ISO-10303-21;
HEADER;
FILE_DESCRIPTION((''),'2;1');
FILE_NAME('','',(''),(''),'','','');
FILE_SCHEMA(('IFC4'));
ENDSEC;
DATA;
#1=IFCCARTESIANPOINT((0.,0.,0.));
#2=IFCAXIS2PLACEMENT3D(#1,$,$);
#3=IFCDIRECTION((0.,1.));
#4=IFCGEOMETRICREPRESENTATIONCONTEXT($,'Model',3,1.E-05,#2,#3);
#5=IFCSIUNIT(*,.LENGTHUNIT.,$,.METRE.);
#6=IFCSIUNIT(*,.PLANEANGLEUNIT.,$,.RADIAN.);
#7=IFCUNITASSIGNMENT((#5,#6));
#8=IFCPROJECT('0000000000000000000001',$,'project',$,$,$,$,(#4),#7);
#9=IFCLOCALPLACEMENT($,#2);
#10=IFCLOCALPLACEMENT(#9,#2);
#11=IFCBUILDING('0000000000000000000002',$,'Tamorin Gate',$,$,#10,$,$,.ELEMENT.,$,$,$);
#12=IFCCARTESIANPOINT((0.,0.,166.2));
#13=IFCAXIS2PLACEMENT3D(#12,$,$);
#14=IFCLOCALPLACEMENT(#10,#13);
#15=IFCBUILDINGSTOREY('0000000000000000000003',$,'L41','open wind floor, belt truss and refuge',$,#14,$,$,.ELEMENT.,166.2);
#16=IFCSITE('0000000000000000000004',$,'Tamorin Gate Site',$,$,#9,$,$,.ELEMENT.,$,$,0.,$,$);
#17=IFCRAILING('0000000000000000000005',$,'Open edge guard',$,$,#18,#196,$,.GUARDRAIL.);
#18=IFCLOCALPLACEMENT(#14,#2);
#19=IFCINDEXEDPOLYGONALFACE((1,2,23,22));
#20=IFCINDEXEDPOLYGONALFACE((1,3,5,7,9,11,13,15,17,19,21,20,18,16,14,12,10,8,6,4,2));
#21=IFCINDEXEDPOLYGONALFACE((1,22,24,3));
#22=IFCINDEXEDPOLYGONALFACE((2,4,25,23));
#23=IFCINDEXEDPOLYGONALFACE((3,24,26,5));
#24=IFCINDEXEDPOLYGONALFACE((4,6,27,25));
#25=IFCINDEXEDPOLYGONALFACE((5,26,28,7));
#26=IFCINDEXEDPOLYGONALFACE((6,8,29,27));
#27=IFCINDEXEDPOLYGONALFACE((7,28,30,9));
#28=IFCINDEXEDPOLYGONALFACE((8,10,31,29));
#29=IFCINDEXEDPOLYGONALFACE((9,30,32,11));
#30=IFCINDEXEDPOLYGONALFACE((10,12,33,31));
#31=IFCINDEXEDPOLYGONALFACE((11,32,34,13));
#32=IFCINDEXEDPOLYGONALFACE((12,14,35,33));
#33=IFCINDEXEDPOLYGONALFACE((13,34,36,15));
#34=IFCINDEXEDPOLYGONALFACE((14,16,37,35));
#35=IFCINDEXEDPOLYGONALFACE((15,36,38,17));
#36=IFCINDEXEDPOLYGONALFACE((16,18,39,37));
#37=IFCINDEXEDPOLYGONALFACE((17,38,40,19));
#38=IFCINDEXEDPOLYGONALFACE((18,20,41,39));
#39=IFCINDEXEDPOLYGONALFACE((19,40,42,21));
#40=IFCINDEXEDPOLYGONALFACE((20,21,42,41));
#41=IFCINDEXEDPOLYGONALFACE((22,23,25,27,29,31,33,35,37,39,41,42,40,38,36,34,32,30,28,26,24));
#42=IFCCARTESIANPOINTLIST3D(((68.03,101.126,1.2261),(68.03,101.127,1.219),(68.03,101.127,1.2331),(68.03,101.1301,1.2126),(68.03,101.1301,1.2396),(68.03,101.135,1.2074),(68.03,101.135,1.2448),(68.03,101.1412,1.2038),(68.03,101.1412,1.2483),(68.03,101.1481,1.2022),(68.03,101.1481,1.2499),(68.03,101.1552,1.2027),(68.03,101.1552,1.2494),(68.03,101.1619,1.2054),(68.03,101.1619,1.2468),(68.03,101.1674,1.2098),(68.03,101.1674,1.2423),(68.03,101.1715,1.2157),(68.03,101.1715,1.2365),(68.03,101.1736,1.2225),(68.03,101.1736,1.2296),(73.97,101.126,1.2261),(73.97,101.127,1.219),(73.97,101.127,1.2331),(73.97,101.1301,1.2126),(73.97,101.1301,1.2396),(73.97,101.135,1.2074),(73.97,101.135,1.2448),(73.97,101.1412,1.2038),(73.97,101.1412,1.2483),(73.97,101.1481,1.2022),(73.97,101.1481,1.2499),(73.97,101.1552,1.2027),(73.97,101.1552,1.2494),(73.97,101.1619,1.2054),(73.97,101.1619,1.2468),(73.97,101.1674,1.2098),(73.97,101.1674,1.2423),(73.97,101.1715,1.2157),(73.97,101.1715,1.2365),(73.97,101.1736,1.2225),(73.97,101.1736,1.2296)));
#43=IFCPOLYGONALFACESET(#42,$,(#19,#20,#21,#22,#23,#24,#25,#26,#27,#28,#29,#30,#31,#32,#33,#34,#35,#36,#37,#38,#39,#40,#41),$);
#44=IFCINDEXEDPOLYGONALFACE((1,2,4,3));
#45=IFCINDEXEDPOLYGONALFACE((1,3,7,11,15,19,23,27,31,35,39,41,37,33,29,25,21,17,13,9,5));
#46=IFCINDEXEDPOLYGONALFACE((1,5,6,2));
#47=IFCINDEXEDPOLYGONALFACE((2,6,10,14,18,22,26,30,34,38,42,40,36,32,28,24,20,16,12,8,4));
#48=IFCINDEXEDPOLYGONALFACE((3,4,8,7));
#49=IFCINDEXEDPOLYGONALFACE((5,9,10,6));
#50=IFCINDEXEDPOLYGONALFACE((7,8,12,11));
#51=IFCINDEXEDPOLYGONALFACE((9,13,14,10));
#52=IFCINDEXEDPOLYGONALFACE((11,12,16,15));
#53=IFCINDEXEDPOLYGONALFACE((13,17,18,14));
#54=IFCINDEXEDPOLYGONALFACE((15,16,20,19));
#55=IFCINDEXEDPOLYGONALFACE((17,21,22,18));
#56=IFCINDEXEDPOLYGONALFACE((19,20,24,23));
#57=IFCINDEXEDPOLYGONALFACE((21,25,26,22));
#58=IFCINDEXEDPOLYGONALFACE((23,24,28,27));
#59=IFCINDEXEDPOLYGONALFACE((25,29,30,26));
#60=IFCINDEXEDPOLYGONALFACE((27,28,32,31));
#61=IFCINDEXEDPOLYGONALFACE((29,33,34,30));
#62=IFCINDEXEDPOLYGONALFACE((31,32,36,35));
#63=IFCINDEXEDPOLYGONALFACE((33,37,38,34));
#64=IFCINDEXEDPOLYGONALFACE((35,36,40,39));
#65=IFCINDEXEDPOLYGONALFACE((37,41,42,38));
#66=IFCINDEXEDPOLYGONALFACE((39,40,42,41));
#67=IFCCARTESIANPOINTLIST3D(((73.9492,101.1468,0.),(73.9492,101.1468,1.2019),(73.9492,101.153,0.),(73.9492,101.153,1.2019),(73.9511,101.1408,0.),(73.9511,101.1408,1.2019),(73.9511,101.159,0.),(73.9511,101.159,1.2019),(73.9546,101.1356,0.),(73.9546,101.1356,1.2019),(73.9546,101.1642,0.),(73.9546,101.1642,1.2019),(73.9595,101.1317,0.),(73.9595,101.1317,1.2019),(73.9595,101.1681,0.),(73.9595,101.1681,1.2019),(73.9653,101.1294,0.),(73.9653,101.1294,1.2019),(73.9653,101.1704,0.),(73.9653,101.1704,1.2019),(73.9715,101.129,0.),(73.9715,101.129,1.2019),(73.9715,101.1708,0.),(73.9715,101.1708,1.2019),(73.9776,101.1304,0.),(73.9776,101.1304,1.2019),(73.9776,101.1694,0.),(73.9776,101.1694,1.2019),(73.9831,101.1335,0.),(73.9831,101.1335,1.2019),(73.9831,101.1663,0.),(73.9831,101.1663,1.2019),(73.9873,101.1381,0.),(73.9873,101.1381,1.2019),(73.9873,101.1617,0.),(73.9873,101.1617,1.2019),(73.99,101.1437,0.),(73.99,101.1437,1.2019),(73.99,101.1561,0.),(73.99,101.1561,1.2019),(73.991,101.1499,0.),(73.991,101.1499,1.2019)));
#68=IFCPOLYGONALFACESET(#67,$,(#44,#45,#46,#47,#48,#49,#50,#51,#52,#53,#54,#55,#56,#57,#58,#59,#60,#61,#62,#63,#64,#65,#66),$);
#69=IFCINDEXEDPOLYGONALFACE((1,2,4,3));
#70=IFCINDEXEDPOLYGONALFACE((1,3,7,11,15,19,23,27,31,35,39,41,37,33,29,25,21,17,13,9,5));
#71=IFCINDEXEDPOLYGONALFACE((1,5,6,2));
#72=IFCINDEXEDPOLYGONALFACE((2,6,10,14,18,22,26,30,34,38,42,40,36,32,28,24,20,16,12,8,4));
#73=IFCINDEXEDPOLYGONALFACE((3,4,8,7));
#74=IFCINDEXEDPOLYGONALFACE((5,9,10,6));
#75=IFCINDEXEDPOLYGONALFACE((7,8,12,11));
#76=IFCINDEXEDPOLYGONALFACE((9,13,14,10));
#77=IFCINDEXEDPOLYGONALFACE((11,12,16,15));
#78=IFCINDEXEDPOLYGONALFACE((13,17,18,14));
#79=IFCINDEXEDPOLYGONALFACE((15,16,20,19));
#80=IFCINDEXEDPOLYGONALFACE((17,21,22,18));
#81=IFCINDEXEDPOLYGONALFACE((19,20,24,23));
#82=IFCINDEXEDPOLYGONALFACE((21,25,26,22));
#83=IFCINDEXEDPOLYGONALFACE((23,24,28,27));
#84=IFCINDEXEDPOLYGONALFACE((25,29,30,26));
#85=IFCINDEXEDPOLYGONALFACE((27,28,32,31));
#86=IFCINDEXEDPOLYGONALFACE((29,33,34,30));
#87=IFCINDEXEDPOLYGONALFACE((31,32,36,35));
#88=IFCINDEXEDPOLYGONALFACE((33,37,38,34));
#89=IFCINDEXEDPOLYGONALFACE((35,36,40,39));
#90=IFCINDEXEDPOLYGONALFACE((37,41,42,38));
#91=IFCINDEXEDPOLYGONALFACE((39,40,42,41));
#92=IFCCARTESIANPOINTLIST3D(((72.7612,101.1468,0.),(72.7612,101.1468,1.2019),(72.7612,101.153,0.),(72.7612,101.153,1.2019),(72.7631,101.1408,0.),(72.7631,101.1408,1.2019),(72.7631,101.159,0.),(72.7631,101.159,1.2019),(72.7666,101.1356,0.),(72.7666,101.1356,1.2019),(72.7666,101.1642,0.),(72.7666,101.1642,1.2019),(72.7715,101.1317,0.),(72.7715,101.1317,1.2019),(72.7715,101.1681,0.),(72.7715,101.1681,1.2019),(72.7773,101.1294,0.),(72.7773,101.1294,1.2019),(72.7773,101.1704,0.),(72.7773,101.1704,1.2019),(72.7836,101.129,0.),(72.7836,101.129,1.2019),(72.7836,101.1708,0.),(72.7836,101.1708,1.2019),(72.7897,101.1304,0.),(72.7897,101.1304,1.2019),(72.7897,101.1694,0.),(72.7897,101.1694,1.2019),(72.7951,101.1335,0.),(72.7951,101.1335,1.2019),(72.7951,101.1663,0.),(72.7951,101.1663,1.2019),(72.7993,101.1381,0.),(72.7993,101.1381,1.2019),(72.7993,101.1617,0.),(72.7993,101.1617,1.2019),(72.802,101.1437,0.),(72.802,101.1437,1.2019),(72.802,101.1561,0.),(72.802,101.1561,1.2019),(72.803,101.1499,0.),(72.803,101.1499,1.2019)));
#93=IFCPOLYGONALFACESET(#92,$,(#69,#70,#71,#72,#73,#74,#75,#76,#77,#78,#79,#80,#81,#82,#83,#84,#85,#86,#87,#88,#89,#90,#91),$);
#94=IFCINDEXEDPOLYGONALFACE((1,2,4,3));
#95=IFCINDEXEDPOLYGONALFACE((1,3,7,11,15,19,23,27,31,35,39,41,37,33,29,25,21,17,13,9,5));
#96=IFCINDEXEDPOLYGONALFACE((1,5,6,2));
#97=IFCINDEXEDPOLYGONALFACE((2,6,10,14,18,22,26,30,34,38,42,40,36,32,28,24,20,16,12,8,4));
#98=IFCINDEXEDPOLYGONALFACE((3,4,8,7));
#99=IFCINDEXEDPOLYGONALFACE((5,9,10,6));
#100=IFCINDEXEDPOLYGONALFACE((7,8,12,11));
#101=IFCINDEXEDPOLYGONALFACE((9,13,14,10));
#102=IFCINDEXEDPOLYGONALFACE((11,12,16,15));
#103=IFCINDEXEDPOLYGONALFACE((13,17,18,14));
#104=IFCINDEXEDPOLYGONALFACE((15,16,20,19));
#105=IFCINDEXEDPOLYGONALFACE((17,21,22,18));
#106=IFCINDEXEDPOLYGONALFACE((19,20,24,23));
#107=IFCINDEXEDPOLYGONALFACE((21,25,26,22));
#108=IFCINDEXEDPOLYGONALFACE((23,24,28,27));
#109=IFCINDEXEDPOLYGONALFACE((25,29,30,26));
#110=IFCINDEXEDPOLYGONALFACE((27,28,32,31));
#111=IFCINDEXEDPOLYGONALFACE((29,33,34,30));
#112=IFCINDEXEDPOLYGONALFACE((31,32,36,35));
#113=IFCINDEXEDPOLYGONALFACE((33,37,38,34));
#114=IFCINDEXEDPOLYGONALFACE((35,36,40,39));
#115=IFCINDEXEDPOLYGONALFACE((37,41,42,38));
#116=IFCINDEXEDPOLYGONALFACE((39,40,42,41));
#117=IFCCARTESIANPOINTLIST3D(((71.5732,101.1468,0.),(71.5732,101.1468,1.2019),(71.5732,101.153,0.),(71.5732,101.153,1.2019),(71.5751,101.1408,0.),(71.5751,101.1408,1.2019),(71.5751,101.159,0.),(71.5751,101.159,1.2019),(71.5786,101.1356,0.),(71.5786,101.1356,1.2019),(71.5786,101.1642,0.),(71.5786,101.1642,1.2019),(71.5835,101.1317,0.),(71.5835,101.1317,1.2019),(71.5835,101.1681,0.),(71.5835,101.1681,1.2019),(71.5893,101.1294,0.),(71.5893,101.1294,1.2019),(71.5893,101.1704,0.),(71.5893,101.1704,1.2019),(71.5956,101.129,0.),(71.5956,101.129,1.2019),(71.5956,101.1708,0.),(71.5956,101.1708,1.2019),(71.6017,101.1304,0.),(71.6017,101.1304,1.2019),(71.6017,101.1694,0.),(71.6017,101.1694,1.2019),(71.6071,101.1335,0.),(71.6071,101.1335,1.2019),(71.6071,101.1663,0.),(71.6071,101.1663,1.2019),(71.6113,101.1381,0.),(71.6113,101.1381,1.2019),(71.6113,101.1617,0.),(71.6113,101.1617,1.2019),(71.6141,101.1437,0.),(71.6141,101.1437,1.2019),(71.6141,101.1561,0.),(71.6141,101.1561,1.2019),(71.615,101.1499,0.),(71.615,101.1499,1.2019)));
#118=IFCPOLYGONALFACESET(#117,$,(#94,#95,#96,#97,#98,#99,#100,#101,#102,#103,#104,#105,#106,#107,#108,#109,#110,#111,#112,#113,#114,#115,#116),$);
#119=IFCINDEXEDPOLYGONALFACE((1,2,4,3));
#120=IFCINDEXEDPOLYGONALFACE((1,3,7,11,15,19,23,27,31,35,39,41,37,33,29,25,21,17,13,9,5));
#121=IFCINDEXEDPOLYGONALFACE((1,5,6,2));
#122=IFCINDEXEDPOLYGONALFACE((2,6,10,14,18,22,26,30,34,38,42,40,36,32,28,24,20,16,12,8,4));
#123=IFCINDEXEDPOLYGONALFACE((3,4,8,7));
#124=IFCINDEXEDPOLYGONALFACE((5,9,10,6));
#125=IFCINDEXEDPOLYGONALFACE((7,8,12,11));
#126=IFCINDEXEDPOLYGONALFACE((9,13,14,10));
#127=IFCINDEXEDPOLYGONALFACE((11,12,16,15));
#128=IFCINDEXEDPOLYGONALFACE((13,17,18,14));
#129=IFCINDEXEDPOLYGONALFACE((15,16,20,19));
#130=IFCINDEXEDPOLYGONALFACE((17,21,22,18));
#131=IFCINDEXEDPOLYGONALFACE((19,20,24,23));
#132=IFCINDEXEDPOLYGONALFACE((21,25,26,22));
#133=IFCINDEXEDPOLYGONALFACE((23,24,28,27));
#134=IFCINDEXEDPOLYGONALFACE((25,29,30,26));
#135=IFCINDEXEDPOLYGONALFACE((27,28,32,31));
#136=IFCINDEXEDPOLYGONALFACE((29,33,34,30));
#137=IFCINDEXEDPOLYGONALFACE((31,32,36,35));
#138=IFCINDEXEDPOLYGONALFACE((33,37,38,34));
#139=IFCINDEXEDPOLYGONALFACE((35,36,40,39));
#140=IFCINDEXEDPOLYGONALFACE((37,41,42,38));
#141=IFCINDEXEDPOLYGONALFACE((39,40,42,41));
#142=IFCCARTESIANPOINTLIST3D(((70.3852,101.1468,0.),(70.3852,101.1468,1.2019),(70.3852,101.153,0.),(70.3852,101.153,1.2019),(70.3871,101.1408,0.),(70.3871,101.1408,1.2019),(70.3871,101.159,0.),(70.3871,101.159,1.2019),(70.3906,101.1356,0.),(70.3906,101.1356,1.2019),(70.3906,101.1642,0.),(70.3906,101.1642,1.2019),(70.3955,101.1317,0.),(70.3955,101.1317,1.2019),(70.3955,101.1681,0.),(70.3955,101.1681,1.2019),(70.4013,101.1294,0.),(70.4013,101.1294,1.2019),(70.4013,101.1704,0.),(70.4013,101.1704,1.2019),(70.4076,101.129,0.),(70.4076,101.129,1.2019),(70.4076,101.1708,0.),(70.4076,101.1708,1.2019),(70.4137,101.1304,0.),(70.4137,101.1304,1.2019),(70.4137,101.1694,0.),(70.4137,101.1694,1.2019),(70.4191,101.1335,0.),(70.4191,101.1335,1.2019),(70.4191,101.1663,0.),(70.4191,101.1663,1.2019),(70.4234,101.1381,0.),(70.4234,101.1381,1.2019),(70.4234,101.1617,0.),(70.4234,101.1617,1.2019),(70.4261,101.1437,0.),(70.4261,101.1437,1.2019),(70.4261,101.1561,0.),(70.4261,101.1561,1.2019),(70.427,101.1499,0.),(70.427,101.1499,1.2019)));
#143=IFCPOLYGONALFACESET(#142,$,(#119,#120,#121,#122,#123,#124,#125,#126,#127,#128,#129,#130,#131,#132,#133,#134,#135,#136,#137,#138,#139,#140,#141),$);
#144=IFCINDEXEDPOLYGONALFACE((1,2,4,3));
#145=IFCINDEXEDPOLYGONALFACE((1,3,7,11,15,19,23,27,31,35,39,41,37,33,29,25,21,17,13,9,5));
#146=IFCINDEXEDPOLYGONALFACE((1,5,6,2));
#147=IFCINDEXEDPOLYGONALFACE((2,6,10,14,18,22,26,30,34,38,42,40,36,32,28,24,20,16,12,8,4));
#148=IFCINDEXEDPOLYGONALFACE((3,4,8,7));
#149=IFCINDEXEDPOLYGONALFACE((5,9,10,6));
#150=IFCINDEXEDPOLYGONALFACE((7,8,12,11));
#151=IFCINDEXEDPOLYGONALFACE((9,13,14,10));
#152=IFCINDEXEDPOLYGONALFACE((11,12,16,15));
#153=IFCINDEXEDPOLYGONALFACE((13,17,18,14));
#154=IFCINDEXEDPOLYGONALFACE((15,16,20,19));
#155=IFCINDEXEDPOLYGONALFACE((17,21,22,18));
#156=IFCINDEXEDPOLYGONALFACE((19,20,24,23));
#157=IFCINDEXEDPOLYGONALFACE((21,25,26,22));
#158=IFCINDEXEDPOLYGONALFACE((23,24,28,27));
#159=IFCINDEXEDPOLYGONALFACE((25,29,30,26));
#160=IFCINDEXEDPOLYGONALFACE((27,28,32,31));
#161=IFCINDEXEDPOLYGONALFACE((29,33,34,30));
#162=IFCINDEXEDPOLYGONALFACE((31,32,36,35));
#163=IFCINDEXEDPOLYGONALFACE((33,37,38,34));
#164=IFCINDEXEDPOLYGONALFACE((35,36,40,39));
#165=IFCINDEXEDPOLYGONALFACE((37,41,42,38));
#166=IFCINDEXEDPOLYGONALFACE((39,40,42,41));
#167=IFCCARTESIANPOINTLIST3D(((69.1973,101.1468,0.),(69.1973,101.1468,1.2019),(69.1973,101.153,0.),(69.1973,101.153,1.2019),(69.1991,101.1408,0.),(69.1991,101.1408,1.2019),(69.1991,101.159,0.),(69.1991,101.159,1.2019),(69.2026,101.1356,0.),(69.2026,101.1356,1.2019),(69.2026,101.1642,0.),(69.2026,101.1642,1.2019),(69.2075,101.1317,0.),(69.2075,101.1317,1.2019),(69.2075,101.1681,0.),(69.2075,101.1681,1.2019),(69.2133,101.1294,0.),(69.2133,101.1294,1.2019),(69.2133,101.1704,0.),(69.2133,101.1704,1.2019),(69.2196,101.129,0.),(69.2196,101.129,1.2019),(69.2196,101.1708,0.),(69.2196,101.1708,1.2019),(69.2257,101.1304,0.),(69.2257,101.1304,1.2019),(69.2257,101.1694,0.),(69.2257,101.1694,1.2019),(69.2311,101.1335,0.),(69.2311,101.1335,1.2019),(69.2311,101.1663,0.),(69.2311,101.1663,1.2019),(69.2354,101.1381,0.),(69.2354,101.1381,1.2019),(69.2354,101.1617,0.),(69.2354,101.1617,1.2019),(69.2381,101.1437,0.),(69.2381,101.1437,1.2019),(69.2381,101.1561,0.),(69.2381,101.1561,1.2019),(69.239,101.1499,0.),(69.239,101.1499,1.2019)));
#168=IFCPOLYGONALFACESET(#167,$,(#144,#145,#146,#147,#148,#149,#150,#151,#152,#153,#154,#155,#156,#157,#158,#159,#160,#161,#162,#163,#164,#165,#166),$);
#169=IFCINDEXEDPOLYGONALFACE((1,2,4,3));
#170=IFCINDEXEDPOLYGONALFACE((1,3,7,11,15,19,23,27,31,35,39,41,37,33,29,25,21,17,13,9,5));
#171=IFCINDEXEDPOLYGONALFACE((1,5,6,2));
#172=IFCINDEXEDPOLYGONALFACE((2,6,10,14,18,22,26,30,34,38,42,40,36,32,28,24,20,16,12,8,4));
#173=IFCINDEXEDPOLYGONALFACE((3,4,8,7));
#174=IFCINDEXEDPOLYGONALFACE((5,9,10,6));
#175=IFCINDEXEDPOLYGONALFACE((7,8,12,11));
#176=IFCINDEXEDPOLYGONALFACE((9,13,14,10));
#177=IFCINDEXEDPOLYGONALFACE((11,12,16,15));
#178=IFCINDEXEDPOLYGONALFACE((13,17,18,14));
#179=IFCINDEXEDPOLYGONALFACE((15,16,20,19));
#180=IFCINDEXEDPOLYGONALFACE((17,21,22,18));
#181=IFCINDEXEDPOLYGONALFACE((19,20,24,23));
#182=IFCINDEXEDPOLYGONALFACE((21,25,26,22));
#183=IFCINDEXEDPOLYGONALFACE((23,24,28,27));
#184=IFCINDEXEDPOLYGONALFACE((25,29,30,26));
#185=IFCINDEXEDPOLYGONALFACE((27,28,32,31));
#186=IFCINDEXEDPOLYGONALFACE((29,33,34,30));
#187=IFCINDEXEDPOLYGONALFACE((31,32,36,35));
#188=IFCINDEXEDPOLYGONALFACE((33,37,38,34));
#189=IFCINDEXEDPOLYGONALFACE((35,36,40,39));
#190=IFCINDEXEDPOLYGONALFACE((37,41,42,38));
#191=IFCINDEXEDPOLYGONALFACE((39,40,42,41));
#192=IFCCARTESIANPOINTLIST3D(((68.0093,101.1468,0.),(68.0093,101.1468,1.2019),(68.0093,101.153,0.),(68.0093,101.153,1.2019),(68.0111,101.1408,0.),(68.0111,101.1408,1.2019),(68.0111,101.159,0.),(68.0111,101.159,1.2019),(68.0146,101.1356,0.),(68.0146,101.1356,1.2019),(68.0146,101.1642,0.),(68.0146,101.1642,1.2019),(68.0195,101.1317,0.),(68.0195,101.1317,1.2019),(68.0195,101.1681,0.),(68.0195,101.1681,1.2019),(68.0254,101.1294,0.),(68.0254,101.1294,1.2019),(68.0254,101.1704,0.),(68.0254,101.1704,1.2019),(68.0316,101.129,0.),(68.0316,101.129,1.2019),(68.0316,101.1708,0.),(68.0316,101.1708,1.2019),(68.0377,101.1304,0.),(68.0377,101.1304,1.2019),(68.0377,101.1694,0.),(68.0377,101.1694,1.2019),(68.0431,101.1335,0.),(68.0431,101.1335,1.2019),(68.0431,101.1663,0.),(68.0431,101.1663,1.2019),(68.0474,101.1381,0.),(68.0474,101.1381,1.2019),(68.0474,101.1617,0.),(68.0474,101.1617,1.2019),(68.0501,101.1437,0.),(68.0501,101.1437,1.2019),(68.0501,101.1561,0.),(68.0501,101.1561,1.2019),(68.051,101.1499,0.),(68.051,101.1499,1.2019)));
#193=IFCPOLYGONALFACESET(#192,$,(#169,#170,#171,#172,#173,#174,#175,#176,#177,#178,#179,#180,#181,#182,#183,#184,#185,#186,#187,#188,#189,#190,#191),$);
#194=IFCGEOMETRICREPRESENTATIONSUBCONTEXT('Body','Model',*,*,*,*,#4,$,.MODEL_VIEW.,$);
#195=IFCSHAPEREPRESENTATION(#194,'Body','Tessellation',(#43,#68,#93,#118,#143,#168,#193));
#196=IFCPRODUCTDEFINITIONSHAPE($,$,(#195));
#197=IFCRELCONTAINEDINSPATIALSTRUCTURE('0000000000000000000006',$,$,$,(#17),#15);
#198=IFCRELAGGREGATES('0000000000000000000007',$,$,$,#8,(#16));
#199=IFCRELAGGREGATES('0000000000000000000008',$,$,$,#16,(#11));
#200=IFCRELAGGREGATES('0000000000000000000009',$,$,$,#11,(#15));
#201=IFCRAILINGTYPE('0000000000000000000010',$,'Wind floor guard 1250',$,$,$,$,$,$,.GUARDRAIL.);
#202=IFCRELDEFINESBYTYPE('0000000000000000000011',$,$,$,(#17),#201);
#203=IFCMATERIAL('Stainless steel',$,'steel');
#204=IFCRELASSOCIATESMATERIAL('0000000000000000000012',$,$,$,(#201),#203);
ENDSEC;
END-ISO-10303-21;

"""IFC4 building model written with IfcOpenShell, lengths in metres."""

from ifc_helpers import new_model, si_unit, direction, frame, origin, origin_2d, place, context, subcontext, project, spatial, circle, extrude, material, type_object, element, save


model = new_model("IFC4")

# Units and contexts
model_context = context("Model", 3, precision=1e-05, world=origin(), true_north=direction((0.0, 1.0)))
body_context = subcontext(model_context, "Body", "Model", "MODEL_VIEW")
ifc_project = project(units=[si_unit("LENGTHUNIT", "METRE"), si_unit("PLANEANGLEUNIT", "RADIAN")], contexts=[model_context])

# Site, building, storey
site_placement = place(None, origin())
site = spatial("IfcSite", under=ifc_project, at=site_placement, Name="Tamorin Gate Site", CompositionType="ELEMENT", RefElevation=0.0)
building_placement = place(site_placement, origin())
building = spatial("IfcBuilding", under=site, at=building_placement, Name="Tamorin Gate", CompositionType="ELEMENT")
storey_placement = place(building_placement, frame((0.0, 0.0, 166.2)))
storey = spatial("IfcBuildingStorey", under=building, at=storey_placement, Name="L41", Description="open wind floor, belt truss and refuge", CompositionType="ELEMENT", Elevation=166.2)

# Railing
ifc_material_1 = material(Name="Stainless steel", Category="steel")
railing_type = type_object("IfcRailingType", Name="Wind floor guard 1250", PredefinedType="GUARDRAIL", material=ifc_material_1)
railing_1_placement = place(storey_placement, frame((73.97, 101.1499, 0.0)))
element("IfcRailing", 1, at=railing_1_placement, inside=storey, type_object=railing_type, Name="Open edge guard", PredefinedType="GUARDRAIL", context=body_context, shape_type="SweptSolid", body=[
    extrude(circle(Radius=0.0239, at=origin_2d()), frame((0.0, 0.0, 1.2261), z_axis=(-1.0, 0.0, 0.0), x_axis=(0.0, -1.0, 0.0)), (0.0, 0.0, 1.0), 5.9399),
    extrude(circle(Radius=0.021, at=origin_2d()), origin(), (0.0, 0.0, 1.0), 1.2019),
    extrude(circle(Radius=0.021, at=origin_2d()), frame((-1.188, 0.0, 0.0)), (0.0, 0.0, 1.0), 1.2019),
    extrude(circle(Radius=0.021, at=origin_2d()), frame((-2.376, 0.0, 0.0)), (0.0, 0.0, 1.0), 1.2019),
    extrude(circle(Radius=0.021, at=origin_2d()), frame((-3.564, 0.0, 0.0)), (0.0, 0.0, 1.0), 1.2019),
    extrude(circle(Radius=0.021, at=origin_2d()), frame((-4.752, 0.0, 0.0)), (0.0, 0.0, 1.0), 1.2019),
    extrude(circle(Radius=0.021, at=origin_2d()), frame((-5.9399, 0.0, 0.0)), (0.0, 0.0, 1.0), 1.2019),
])

save(model, "model.ifc")
